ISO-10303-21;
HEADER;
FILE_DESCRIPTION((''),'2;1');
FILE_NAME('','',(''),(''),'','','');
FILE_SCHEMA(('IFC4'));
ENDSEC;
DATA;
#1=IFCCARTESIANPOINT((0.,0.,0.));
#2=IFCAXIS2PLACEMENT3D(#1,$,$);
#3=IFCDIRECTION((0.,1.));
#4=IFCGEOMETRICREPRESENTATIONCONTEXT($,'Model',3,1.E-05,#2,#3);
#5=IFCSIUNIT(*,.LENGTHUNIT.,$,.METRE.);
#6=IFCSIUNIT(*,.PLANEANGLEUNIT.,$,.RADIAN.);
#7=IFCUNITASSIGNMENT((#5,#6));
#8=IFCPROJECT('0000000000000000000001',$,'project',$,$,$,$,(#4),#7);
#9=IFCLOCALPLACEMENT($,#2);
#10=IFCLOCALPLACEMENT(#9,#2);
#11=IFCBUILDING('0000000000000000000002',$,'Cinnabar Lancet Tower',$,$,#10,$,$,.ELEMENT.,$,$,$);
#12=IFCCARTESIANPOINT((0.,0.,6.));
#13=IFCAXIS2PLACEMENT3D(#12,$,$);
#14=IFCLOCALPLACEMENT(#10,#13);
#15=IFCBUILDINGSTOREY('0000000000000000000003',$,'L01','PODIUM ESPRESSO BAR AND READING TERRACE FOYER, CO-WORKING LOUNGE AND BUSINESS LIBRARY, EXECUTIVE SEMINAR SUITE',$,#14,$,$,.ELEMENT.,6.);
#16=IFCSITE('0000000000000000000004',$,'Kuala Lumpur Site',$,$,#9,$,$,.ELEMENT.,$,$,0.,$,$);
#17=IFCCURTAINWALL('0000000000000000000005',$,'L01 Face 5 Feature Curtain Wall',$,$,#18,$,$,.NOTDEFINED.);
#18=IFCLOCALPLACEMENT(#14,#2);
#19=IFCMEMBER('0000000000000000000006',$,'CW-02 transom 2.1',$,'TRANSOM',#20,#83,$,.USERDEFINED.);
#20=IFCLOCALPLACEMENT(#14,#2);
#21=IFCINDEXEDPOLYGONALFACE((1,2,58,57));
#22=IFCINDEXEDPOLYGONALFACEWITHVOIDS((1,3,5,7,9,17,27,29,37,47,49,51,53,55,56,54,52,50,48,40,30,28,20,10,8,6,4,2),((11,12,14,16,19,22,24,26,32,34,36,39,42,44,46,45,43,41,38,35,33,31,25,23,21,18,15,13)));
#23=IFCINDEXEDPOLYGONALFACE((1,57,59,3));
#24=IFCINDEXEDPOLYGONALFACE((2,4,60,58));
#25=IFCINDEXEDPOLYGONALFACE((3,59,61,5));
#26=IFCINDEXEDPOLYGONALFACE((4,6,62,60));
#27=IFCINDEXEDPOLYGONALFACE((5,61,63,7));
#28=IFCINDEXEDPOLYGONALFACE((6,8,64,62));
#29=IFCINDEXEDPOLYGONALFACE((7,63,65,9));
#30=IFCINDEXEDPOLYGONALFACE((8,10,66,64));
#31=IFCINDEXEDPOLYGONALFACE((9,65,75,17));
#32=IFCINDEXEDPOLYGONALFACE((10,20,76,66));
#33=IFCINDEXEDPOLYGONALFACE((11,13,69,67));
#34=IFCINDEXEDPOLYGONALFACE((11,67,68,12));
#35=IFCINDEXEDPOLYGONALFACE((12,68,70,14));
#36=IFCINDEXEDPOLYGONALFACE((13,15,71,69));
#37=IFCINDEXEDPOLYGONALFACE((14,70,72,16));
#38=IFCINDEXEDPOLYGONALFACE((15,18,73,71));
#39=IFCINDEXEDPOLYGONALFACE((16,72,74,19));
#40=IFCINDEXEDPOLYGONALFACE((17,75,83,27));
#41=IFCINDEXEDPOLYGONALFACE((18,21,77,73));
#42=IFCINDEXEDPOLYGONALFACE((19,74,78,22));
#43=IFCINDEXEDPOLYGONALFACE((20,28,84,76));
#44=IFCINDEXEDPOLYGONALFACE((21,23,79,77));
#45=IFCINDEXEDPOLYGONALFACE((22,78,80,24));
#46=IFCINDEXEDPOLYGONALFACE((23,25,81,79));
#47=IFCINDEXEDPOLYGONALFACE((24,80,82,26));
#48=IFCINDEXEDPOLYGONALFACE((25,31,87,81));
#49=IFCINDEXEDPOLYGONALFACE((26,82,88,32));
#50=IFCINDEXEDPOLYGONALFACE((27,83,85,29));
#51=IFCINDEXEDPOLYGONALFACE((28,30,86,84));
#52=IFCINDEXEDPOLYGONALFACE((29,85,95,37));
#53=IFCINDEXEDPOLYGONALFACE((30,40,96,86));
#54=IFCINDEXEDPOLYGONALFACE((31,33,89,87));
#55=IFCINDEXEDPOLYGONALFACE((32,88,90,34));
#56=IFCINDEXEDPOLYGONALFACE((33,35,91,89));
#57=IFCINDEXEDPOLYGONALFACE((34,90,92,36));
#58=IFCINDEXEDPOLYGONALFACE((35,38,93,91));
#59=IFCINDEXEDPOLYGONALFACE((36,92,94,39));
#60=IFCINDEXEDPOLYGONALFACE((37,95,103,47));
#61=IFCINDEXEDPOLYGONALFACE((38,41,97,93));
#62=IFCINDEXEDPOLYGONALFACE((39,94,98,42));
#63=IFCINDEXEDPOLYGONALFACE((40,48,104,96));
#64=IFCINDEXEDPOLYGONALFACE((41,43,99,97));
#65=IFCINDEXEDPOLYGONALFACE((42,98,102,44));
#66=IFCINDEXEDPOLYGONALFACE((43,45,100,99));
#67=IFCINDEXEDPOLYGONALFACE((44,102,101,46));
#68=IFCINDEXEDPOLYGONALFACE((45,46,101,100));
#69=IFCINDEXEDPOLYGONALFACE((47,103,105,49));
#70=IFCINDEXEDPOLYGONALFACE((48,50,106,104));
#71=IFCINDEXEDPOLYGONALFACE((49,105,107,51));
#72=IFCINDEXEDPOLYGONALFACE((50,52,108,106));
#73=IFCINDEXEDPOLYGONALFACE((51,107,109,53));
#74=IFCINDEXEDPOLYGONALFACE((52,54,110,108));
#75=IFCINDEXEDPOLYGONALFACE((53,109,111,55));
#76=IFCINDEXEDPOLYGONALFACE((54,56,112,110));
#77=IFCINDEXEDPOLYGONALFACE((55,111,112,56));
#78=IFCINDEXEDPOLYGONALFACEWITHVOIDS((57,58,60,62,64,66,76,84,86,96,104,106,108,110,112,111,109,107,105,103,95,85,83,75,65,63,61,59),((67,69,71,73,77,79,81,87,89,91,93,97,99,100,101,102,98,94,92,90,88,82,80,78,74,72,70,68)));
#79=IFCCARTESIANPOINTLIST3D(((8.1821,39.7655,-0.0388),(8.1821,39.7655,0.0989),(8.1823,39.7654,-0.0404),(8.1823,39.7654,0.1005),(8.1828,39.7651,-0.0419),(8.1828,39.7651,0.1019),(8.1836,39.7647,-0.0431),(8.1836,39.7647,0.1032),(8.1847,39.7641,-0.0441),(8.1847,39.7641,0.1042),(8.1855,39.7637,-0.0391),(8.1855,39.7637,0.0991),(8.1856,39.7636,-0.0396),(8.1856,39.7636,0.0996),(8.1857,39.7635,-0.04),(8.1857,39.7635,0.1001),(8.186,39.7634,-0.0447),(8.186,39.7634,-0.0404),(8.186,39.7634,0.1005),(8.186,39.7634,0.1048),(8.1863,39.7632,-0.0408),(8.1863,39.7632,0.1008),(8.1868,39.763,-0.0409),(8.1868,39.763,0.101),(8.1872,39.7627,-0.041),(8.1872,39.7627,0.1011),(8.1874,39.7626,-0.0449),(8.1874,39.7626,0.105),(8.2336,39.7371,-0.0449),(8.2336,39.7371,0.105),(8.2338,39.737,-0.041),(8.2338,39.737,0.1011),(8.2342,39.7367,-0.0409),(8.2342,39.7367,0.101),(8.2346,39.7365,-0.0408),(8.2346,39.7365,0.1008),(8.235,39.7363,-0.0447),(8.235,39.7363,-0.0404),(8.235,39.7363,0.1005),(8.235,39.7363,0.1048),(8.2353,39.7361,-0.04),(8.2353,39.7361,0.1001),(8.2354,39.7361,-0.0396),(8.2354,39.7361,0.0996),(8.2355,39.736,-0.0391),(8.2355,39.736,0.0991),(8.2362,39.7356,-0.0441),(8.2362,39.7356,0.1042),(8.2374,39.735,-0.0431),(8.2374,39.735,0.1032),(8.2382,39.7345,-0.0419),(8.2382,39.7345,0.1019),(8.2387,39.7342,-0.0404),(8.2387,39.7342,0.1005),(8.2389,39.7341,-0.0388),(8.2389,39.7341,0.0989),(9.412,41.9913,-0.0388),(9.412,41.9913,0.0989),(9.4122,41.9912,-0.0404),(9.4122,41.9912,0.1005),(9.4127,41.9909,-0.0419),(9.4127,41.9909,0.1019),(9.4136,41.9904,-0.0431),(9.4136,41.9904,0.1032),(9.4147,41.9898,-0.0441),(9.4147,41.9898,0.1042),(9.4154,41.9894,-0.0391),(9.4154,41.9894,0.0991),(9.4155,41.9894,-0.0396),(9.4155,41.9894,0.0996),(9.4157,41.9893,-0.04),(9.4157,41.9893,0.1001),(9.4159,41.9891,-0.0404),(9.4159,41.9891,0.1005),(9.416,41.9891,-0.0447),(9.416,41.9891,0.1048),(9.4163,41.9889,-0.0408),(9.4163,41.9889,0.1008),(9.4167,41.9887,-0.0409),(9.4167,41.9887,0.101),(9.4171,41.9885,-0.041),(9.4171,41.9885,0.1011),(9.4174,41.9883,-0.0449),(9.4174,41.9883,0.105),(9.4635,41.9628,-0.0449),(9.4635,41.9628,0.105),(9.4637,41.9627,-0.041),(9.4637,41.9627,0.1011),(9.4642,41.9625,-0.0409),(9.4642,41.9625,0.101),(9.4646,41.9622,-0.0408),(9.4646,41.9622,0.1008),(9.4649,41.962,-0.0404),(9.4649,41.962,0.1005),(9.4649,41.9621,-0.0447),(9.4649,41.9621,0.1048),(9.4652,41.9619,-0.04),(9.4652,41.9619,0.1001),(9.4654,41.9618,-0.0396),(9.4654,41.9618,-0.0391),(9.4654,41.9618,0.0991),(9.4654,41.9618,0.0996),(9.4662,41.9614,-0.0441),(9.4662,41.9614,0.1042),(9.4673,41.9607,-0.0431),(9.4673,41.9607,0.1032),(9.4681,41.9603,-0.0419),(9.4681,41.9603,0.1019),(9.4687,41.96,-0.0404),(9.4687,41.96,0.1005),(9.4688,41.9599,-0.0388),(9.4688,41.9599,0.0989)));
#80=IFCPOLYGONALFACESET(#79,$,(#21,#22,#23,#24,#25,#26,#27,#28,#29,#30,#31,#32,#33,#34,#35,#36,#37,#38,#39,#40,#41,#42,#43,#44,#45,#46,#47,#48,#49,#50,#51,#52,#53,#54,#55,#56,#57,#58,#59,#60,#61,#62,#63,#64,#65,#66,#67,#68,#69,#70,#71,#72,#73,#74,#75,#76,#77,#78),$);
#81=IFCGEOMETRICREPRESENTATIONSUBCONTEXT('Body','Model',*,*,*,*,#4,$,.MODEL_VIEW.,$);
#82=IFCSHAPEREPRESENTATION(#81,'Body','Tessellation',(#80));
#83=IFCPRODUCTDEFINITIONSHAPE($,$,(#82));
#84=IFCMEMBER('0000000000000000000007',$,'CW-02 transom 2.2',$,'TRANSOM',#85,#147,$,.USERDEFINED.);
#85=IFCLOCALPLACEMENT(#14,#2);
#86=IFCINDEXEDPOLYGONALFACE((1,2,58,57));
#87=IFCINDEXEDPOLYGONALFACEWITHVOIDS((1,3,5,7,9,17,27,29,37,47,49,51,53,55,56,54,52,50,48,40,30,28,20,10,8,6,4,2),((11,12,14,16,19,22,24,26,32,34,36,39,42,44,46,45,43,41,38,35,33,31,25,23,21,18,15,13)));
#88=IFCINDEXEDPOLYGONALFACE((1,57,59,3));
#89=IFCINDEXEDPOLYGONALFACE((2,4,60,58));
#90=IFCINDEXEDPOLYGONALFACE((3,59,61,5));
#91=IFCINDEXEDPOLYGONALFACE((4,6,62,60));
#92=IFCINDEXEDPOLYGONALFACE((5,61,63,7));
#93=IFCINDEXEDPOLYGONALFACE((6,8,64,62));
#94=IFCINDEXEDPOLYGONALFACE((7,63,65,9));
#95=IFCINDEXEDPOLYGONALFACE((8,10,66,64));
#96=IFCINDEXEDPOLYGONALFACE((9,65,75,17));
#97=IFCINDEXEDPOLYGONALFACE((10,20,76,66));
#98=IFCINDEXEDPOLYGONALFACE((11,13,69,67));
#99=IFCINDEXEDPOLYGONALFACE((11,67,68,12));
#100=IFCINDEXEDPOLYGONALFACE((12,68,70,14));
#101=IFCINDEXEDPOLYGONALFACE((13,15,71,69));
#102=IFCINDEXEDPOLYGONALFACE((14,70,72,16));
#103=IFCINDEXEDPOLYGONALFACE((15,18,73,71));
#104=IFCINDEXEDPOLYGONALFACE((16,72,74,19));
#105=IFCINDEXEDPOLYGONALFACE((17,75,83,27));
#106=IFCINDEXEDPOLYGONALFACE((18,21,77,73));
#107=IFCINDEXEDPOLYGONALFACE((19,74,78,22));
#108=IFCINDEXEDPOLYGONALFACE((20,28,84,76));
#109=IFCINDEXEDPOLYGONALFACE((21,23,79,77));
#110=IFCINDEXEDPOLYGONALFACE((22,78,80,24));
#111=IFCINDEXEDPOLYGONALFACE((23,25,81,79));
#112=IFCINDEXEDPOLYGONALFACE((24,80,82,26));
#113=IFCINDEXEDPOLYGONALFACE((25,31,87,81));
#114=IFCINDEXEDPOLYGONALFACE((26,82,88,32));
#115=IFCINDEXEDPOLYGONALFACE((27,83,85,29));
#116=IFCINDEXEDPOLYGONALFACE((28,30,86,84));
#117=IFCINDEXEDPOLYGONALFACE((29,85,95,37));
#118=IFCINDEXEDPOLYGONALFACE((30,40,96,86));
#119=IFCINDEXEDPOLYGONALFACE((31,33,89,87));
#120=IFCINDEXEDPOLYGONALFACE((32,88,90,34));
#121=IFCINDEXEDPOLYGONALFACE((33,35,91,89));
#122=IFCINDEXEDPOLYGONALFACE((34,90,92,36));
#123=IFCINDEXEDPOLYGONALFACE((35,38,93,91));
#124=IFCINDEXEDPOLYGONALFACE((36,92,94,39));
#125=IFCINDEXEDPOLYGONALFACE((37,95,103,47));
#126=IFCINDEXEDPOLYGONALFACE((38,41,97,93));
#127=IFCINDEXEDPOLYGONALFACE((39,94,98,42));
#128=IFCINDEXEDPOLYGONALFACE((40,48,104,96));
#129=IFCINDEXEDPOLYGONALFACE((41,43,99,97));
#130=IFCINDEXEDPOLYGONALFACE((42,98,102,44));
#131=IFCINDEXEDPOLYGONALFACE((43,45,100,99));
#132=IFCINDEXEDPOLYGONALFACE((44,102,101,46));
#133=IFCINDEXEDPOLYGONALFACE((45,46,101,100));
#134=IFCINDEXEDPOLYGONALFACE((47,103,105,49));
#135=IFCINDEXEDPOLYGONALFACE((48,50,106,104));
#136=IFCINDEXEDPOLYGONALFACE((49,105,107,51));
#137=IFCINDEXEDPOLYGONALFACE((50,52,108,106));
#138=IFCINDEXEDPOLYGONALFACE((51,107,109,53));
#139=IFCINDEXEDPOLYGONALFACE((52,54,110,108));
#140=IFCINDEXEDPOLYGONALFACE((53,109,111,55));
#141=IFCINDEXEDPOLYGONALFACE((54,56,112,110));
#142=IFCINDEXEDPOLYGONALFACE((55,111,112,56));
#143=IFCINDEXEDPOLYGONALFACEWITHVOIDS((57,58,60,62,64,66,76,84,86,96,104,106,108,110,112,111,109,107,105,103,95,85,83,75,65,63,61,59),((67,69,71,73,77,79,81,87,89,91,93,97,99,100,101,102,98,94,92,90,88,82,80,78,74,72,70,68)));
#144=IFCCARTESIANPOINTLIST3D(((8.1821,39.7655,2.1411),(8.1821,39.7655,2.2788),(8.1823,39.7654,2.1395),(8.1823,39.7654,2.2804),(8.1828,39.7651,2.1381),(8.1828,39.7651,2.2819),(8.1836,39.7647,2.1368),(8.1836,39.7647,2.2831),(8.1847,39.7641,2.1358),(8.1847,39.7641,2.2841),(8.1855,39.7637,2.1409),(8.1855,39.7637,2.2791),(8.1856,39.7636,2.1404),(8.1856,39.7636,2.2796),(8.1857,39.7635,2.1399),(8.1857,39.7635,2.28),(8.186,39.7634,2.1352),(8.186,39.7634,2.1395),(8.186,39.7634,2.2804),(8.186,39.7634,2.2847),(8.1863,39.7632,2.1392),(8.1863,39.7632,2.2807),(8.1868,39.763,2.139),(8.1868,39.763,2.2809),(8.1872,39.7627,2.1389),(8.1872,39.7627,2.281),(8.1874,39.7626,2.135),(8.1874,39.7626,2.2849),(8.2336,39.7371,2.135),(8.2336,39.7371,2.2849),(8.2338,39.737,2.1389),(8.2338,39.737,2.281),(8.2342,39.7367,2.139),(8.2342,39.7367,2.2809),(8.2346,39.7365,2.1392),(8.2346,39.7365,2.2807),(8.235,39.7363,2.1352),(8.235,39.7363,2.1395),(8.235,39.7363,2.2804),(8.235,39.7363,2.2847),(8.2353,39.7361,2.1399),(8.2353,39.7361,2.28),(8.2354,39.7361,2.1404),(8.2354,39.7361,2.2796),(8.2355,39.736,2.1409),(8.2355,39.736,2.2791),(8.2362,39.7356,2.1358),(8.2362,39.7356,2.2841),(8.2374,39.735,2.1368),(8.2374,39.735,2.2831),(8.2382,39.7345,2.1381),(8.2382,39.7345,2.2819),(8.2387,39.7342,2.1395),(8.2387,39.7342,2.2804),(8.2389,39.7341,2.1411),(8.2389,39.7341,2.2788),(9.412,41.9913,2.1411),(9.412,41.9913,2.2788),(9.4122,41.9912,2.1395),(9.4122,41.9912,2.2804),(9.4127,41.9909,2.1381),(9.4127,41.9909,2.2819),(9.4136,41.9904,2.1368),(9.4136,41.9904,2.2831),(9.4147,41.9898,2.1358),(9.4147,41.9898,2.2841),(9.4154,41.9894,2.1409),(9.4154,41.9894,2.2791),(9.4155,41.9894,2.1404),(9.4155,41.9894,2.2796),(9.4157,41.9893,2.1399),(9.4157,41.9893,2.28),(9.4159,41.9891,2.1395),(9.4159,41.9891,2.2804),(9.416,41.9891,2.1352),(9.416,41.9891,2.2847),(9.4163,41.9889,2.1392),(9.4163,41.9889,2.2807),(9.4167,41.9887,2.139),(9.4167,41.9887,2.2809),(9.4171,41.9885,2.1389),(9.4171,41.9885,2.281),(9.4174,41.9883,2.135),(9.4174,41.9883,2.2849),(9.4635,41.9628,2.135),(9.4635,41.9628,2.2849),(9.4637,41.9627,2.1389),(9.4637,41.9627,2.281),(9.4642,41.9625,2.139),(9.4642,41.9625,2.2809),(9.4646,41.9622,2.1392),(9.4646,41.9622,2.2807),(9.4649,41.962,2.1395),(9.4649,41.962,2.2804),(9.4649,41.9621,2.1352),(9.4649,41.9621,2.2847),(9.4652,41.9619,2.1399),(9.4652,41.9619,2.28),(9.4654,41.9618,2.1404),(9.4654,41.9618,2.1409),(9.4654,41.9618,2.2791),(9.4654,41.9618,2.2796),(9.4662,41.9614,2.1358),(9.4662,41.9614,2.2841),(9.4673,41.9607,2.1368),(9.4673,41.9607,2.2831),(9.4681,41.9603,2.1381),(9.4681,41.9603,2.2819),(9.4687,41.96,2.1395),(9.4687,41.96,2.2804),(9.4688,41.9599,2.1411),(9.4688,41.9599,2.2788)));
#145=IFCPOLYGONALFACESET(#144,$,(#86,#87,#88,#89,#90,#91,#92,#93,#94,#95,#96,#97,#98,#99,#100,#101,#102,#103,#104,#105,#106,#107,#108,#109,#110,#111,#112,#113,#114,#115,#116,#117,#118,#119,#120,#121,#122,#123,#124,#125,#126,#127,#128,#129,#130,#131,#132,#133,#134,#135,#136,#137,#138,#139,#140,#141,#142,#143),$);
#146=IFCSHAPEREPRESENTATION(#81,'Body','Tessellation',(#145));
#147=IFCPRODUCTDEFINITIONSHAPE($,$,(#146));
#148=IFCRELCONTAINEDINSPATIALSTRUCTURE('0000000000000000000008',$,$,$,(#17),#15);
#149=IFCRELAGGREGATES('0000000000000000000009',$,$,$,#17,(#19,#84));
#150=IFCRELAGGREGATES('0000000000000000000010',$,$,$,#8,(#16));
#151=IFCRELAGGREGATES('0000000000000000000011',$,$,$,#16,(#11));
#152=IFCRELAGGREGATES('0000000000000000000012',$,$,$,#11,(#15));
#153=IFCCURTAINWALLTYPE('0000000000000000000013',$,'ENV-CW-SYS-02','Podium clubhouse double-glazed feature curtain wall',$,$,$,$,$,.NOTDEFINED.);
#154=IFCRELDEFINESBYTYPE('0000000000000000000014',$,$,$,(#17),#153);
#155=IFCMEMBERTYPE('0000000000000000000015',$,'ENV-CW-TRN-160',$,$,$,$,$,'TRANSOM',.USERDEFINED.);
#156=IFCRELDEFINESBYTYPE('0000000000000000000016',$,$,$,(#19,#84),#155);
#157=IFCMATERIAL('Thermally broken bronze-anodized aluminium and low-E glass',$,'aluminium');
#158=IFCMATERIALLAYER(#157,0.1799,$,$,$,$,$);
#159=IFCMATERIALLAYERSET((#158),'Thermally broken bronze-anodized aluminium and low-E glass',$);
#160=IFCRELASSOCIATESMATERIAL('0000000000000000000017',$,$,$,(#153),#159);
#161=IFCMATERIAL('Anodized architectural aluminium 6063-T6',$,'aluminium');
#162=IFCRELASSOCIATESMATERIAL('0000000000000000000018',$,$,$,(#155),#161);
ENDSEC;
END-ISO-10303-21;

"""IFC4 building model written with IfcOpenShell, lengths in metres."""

from ifc_helpers import new_model, si_unit, direction, frame, origin, origin_2d, place, context, subcontext, project, spatial, hollow_rectangle, extrude, material, layer, layer_set, material_profile, profile_set, type_object, element, aggregate, save


model = new_model("IFC4")

# Units and contexts
model_context = context("Model", 3, precision=1e-05, world=origin(), true_north=direction((0.0, 1.0)))
body_context = subcontext(model_context, "Body", "Model", "MODEL_VIEW")
ifc_project = project(units=[si_unit("LENGTHUNIT", "METRE"), si_unit("PLANEANGLEUNIT", "RADIAN")], contexts=[model_context])

# Site, building, storey
site_placement = place(None, origin())
site = spatial("IfcSite", under=ifc_project, at=site_placement, Name="Kuala Lumpur Site", CompositionType="ELEMENT", RefElevation=0.0)
building_placement = place(site_placement, origin())
building = spatial("IfcBuilding", under=site, at=building_placement, Name="Cinnabar Lancet Tower", CompositionType="ELEMENT")
storey_placement = place(building_placement, frame((0.0, 0.0, 6.0)))
storey = spatial("IfcBuildingStorey", under=building, at=storey_placement, Name="L01", Description="PODIUM ESPRESSO BAR AND READING TERRACE FOYER, CO-WORKING LOUNGE AND BUSINESS LIBRARY, EXECUTIVE SEMINAR SUITE", CompositionType="ELEMENT", Elevation=6.0)

# Curtain wall, members
ifc_material_1 = material(Name="Thermally broken bronze-anodized aluminium and low-E glass", Category="aluminium")
ifc_layer_1 = layer(ifc_material_1, 0.1799)
ifc_layer_set_1 = layer_set([ifc_layer_1], Name="Thermally broken bronze-anodized aluminium and low-E glass")
curtain_wall_type = type_object("IfcCurtainWallType", Name="ENV-CW-SYS-02", Description="Podium clubhouse double-glazed feature curtain wall", PredefinedType="NOTDEFINED", material=ifc_layer_set_1)
curtain_wall_placement = place(storey_placement, origin())
curtain_wall = element("IfcCurtainWall", 1, at=curtain_wall_placement, inside=storey, type_object=curtain_wall_type, Name="L01 Face 5 Feature Curtain Wall", PredefinedType="NOTDEFINED")
ifc_material_2 = material(Name="Anodized architectural aluminium 6063-T6", Category="aluminium")
ifc_material_profile_1 = material_profile(ifc_material_2, hollow_rectangle(XDim=0.0649, YDim=0.1499, WallThickness=0.0039, InnerFilletRadius=0.002, OuterFilletRadius=0.0061, at=origin_2d()), Name="CW-TRN 150x65x4")
ifc_profile_set_1 = profile_set([ifc_material_profile_1], Name="Anodized architectural aluminium 6063-T6")
member_type_1 = type_object("IfcMemberType", Name="ENV-CW-TRN-160", ElementType="TRANSOM", PredefinedType="USERDEFINED", material=ifc_profile_set_1)
member_1_placement = place(storey_placement, frame((9.4404, 41.9756, 0.03), z_axis=(-0.483661, -0.875255, 0.0), x_axis=(0.875255, -0.483661, 0.0)))
member_1 = element("IfcMember", 2, at=member_1_placement, type_object=member_type_1, Name="CW-02 transom 2.1", ObjectType="TRANSOM", PredefinedType="USERDEFINED", context=body_context, shape_type="SweptSolid", body=[
    extrude(hollow_rectangle(XDim=0.0649, YDim=0.1499, WallThickness=0.0039, InnerFilletRadius=0.002, OuterFilletRadius=0.0061, at=origin_2d()), origin(), (0.0, 0.0, 1.0), 2.543),
])
member_2_placement = place(storey_placement, frame((9.4404, 41.9756, 2.21), z_axis=(-0.483661, -0.875255, 0.0), x_axis=(0.875255, -0.483661, 0.0)))
member_2 = element("IfcMember", 3, at=member_2_placement, type_object=member_type_1, Name="CW-02 transom 2.2", ObjectType="TRANSOM", PredefinedType="USERDEFINED", context=body_context, shape_type="SweptSolid", body=[
    extrude(hollow_rectangle(XDim=0.0649, YDim=0.1499, WallThickness=0.0039, InnerFilletRadius=0.002, OuterFilletRadius=0.0061, at=origin_2d()), origin(), (0.0, 0.0, 1.0), 2.543),
])

aggregate(curtain_wall, [member_1, member_2])

save(model, "model.ifc")
